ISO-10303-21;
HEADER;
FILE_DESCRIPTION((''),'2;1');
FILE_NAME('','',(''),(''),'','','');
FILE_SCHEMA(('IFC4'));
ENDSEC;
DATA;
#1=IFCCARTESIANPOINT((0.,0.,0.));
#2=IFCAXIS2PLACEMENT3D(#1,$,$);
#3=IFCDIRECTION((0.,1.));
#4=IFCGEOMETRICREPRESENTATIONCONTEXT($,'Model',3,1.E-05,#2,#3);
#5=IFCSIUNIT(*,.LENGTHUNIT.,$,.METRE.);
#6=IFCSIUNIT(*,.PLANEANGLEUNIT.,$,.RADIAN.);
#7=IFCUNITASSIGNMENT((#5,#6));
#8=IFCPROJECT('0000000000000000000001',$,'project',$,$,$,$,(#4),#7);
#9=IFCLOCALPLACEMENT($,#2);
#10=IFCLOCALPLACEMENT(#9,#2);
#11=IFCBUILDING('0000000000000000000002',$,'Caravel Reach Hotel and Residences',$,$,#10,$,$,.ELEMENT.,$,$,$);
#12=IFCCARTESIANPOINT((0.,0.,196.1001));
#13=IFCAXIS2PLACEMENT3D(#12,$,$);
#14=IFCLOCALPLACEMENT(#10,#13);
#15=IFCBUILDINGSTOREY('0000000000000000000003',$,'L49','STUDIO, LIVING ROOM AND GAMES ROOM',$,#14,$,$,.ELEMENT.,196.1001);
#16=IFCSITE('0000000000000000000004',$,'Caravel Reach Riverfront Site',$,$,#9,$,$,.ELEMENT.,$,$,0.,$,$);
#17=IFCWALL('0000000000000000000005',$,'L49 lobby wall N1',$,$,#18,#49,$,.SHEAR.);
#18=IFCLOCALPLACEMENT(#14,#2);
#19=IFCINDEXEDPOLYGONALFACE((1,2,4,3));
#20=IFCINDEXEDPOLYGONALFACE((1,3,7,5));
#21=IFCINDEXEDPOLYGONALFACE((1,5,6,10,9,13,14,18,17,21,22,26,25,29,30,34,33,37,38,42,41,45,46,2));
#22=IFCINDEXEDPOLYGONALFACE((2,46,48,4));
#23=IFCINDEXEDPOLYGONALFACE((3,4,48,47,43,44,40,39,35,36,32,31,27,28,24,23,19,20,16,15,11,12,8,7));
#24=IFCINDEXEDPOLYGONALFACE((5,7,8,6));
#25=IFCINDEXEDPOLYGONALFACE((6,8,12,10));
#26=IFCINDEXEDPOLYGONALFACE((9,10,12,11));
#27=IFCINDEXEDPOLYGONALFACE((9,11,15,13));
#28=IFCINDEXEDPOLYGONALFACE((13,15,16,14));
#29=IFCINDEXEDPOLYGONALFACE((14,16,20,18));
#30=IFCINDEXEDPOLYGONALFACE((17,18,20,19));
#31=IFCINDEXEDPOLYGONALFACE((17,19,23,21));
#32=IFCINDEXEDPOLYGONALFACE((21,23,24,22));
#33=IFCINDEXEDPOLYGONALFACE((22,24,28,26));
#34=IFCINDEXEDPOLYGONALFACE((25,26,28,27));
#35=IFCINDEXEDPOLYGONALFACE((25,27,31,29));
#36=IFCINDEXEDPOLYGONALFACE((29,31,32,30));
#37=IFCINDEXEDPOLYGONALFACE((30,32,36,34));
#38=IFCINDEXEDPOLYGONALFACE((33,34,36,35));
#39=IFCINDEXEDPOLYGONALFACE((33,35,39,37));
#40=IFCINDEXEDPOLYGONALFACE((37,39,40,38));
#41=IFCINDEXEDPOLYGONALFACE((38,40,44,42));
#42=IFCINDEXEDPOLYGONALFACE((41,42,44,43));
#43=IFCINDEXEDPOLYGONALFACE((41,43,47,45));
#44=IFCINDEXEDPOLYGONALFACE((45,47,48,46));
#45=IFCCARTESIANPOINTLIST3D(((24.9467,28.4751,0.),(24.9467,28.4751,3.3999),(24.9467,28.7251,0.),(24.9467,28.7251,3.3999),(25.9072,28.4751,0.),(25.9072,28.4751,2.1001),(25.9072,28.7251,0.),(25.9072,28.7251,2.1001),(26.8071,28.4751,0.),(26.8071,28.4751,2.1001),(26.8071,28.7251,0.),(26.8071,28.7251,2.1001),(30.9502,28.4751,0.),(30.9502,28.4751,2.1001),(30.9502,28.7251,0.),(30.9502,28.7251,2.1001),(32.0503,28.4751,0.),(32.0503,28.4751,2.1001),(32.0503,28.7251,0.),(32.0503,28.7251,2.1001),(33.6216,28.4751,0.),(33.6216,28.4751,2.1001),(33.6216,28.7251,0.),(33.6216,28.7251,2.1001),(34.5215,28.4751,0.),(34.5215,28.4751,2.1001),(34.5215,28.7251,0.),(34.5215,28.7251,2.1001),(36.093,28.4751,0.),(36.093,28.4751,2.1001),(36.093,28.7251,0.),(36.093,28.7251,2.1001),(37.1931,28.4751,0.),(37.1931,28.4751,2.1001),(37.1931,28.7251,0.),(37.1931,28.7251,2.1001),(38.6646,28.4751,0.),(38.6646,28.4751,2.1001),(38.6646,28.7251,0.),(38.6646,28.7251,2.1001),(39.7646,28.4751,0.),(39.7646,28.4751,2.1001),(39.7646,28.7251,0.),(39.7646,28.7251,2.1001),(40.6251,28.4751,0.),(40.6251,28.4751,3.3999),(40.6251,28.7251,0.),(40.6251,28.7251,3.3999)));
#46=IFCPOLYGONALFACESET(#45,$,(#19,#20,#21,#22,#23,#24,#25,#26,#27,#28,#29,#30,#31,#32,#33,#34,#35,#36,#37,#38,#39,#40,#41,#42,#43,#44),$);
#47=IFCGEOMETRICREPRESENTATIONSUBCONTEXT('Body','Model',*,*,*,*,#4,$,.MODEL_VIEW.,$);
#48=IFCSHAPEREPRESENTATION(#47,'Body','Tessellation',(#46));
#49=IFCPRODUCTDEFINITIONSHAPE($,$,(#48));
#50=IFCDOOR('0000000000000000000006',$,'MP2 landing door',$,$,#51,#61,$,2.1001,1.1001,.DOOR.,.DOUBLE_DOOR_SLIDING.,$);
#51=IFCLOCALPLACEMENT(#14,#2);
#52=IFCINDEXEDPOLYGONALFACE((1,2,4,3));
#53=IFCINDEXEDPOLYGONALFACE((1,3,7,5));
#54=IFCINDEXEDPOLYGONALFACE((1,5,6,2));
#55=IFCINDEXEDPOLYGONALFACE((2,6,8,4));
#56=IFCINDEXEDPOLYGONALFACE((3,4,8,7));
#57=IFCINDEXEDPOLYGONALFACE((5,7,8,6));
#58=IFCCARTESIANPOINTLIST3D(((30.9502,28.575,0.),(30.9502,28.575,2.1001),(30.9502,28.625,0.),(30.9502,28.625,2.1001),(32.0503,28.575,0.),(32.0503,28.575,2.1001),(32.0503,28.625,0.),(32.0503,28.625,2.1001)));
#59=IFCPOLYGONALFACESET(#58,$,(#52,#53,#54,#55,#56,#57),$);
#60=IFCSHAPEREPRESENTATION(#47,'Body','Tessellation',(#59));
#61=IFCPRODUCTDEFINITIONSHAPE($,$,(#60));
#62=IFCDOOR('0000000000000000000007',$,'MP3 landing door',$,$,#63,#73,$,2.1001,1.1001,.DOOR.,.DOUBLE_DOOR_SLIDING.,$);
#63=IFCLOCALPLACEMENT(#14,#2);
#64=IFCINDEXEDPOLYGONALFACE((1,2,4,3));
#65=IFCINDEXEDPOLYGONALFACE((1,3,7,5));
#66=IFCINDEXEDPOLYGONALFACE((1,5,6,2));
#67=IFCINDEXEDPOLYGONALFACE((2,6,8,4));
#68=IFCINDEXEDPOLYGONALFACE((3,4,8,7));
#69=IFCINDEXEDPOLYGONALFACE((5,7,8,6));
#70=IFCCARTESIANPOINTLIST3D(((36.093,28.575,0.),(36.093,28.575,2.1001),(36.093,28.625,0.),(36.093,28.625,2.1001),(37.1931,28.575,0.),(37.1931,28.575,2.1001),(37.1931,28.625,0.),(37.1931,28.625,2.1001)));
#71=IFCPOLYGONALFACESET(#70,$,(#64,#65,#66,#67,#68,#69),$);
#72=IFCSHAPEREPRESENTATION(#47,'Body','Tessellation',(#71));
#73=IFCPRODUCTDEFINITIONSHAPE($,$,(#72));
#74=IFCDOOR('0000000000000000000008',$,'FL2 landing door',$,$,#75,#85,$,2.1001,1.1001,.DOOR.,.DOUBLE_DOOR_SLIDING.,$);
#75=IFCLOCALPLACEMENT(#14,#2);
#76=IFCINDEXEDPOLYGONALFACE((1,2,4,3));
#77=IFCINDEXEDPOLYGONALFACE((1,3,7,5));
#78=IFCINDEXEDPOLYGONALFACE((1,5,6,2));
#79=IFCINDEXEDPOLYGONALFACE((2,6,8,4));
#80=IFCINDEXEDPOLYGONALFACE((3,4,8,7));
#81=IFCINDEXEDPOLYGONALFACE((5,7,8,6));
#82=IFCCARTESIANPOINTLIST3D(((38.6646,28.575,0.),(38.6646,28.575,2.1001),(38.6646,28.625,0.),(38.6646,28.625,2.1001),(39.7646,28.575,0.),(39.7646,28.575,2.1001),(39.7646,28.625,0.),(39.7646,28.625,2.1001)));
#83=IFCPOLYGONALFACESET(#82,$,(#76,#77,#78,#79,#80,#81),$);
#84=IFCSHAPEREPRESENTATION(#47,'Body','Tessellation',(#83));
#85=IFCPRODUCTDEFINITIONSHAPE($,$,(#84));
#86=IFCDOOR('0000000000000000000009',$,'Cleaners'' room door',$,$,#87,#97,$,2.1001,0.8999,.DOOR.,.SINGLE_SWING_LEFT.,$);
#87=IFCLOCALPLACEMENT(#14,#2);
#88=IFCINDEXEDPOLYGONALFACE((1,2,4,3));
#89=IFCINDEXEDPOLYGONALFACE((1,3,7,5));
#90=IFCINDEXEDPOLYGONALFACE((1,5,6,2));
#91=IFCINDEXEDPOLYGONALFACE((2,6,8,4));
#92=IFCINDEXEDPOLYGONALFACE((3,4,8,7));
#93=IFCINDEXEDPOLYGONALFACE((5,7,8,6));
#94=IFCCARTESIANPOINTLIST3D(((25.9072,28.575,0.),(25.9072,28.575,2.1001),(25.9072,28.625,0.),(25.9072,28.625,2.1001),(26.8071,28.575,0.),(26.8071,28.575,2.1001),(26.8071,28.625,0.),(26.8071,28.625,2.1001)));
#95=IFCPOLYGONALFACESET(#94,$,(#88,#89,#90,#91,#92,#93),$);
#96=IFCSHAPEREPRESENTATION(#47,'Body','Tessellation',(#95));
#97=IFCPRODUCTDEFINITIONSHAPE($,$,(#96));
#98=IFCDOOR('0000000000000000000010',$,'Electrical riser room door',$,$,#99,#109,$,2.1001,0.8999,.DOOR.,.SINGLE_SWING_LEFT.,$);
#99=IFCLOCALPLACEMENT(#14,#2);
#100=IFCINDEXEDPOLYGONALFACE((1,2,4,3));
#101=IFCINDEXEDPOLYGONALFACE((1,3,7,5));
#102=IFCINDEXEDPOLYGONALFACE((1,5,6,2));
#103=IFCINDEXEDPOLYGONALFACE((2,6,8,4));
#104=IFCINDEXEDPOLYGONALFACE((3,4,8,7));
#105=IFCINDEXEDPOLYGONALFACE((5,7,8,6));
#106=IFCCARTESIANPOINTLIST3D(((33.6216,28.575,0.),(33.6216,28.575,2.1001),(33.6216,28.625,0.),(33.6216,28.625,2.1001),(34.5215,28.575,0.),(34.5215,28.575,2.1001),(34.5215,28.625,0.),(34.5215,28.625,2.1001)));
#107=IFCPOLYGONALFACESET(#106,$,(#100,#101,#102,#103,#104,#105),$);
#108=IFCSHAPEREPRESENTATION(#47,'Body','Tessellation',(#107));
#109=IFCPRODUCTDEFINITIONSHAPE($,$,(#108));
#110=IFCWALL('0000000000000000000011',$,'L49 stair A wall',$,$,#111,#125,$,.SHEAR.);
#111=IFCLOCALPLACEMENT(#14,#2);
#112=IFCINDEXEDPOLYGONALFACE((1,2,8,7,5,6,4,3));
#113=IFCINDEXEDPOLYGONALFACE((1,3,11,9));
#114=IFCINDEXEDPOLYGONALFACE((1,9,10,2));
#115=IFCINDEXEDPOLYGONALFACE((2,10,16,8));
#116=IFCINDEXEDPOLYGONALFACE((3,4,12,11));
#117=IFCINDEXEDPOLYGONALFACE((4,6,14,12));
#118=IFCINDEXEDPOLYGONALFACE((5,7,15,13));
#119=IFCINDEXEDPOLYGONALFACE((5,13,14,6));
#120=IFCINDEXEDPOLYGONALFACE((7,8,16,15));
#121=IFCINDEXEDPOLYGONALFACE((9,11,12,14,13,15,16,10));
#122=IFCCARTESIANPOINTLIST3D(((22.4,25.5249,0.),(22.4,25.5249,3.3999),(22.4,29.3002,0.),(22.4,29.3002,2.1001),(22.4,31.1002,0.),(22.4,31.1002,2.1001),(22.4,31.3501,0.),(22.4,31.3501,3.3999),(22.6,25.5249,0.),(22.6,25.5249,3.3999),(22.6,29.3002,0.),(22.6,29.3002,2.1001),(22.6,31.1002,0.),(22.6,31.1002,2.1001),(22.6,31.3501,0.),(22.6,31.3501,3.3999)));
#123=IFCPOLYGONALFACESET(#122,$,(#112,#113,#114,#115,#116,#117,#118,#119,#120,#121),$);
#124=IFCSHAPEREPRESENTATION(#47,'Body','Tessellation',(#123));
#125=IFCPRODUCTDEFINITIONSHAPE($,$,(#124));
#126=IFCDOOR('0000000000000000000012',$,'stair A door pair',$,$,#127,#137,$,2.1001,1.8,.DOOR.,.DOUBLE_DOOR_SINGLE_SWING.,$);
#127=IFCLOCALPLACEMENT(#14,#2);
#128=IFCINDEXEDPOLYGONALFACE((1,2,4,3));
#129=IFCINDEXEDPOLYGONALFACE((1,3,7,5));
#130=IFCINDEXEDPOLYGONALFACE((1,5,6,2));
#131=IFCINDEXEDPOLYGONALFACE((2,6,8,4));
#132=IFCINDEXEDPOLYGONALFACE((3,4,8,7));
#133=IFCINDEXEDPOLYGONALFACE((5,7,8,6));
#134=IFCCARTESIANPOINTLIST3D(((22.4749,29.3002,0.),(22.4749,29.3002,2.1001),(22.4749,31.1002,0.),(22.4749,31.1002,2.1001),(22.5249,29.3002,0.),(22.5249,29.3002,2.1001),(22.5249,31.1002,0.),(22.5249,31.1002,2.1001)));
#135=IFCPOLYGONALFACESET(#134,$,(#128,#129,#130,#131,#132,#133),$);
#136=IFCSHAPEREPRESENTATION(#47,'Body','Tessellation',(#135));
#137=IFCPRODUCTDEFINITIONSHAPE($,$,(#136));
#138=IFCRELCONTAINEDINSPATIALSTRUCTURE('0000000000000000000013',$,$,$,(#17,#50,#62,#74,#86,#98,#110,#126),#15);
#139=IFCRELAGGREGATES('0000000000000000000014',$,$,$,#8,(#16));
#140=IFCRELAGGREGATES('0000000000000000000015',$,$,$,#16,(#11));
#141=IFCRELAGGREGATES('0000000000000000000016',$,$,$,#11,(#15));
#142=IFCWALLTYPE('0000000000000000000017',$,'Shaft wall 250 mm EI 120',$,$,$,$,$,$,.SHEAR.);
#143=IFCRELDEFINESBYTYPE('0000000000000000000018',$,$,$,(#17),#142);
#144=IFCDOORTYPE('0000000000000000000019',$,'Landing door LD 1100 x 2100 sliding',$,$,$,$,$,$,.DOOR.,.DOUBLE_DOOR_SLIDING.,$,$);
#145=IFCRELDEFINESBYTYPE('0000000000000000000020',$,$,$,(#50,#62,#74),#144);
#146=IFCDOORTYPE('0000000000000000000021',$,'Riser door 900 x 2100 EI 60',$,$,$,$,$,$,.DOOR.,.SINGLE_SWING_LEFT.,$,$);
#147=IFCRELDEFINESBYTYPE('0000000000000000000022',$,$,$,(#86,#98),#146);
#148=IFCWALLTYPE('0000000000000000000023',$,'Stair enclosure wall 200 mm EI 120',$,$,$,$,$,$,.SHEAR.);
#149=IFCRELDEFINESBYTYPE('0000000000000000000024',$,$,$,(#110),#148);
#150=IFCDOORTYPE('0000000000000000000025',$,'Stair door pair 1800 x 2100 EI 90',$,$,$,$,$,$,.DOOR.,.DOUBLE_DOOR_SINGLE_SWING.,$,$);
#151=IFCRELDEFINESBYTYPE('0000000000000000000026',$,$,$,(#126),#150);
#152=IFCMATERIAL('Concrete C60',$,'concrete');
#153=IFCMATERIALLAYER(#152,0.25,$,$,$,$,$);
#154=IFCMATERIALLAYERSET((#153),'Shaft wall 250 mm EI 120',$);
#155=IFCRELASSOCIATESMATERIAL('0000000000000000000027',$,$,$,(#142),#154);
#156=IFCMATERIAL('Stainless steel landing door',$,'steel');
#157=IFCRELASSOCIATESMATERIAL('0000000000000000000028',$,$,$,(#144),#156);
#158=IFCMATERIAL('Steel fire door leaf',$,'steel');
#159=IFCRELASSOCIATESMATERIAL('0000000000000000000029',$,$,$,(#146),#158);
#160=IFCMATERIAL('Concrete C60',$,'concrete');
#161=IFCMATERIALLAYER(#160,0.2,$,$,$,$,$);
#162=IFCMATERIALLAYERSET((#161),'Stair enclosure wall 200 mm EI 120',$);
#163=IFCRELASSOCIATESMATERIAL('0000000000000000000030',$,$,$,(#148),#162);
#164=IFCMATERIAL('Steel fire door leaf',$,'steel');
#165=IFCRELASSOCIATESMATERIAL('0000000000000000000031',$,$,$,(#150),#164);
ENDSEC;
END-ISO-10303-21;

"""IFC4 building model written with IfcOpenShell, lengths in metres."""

from ifc_helpers import new_model, si_unit, direction, frame, frame_2d, origin, place, context, subcontext, project, spatial, rectangle, extrude, material, layer, layer_set, type_object, element, fill, save


model = new_model("IFC4")

# Units and contexts
model_context = context("Model", 3, precision=1e-05, world=origin(), true_north=direction((0.0, 1.0)))
body_context = subcontext(model_context, "Body", "Model", "MODEL_VIEW")
ifc_project = project(units=[si_unit("LENGTHUNIT", "METRE"), si_unit("PLANEANGLEUNIT", "RADIAN")], contexts=[model_context])

# Site, building, storey
site_placement = place(None, origin())
site = spatial("IfcSite", under=ifc_project, at=site_placement, Name="Caravel Reach Riverfront Site", CompositionType="ELEMENT", RefElevation=0.0)
building_placement = place(site_placement, origin())
building = spatial("IfcBuilding", under=site, at=building_placement, Name="Caravel Reach Hotel and Residences", CompositionType="ELEMENT")
storey_placement = place(building_placement, frame((0.0, 0.0, 196.1001)))
storey = spatial("IfcBuildingStorey", under=building, at=storey_placement, Name="L49", Description="STUDIO, LIVING ROOM AND GAMES ROOM", CompositionType="ELEMENT", Elevation=196.1001)

# Wall, openings, doors
ifc_material_1 = material(Name="Concrete C60", Category="concrete")
ifc_layer_1 = layer(ifc_material_1, 0.25)
ifc_layer_set_1 = layer_set([ifc_layer_1], Name="Shaft wall 250 mm EI 120")
wall_type_1 = type_object("IfcWallType", Name="Shaft wall 250 mm EI 120", PredefinedType="SHEAR", material=ifc_layer_set_1)
ifc_material_2 = material(Name="Stainless steel landing door", Category="steel")
door_type_1 = type_object("IfcDoorType", Name="Landing door LD 1100 x 2100 sliding", OperationType="DOUBLE_DOOR_SLIDING", PredefinedType="DOOR", material=ifc_material_2)
ifc_material_3 = material(Name="Steel fire door leaf", Category="steel")
door_type_2 = type_object("IfcDoorType", Name="Riser door 900 x 2100 EI 60", OperationType="SINGLE_SWING_LEFT", PredefinedType="DOOR", material=ifc_material_3)
wall_1_placement = place(storey_placement, frame((24.9465, 28.6001, 0.0), z_axis=(0.0, 0.0, 1.0), x_axis=(1.0, 0.0, 0.0)))
wall_1 = element("IfcWall", 1, at=wall_1_placement, inside=storey, type_object=wall_type_1, Name="L49 lobby wall N1", PredefinedType="SHEAR", context=body_context, shape_type="SweptSolid", body=[
    extrude(rectangle(XDim=15.6785, YDim=0.25, at=frame_2d((7.8394, 0.0))), origin(), (0.0, 0.0, 1.0), 3.3999),
])
opening_1_placement = place(wall_1_placement, frame((6.0037, 0.0, 0.0)))
opening_1 = element("IfcOpeningElement", 2, at=opening_1_placement, cuts=wall_1, PredefinedType="OPENING", context=body_context, shape_type="SweptSolid", body=[
    extrude(rectangle(XDim=1.1001, YDim=2.1001, at=frame_2d((0.55, 1.05))), frame((0.0, 0.135, 0.0), z_axis=(0.0, -1.0, 0.0), x_axis=(1.0, 0.0, 0.0)), (0.0, 0.0, 1.0), 0.27),
])
opening_2_placement = place(wall_1_placement, frame((11.1465, 0.0, 0.0)))
opening_2 = element("IfcOpeningElement", 3, at=opening_2_placement, cuts=wall_1, PredefinedType="OPENING", context=body_context, shape_type="SweptSolid", body=[
    extrude(rectangle(XDim=1.1001, YDim=2.1001, at=frame_2d((0.55, 1.05))), frame((0.0, 0.135, 0.0), z_axis=(0.0, -1.0, 0.0), x_axis=(1.0, 0.0, 0.0)), (0.0, 0.0, 1.0), 0.27),
])
opening_3_placement = place(wall_1_placement, frame((13.718, 0.0, 0.0)))
opening_3 = element("IfcOpeningElement", 4, at=opening_3_placement, cuts=wall_1, PredefinedType="OPENING", context=body_context, shape_type="SweptSolid", body=[
    extrude(rectangle(XDim=1.1001, YDim=2.1001, at=frame_2d((0.55, 1.05))), frame((0.0, 0.135, 0.0), z_axis=(0.0, -1.0, 0.0), x_axis=(1.0, 0.0, 0.0)), (0.0, 0.0, 1.0), 0.27),
])
opening_4_placement = place(wall_1_placement, frame((0.9607, 0.0, 0.0)))
opening_4 = element("IfcOpeningElement", 5, at=opening_4_placement, cuts=wall_1, PredefinedType="OPENING", context=body_context, shape_type="SweptSolid", body=[
    extrude(rectangle(XDim=0.8999, YDim=2.1001, at=frame_2d((0.45, 1.05))), frame((0.0, 0.135, 0.0), z_axis=(0.0, -1.0, 0.0), x_axis=(1.0, 0.0, 0.0)), (0.0, 0.0, 1.0), 0.27),
])
opening_5_placement = place(wall_1_placement, frame((8.675, 0.0, 0.0)))
opening_5 = element("IfcOpeningElement", 6, at=opening_5_placement, cuts=wall_1, PredefinedType="OPENING", context=body_context, shape_type="SweptSolid", body=[
    extrude(rectangle(XDim=0.8999, YDim=2.1001, at=frame_2d((0.45, 1.05))), frame((0.0, 0.135, 0.0), z_axis=(0.0, -1.0, 0.0), x_axis=(1.0, 0.0, 0.0)), (0.0, 0.0, 1.0), 0.27),
])
door_1_placement = place(opening_1_placement, origin())
door_1 = element("IfcDoor", 7, at=door_1_placement, inside=storey, type_object=door_type_1, Name="MP2 landing door", OperationType="DOUBLE_DOOR_SLIDING", OverallHeight=2.1001, OverallWidth=1.1001, PredefinedType="DOOR", context=body_context, shape_type="SweptSolid", body=[
    extrude(rectangle(XDim=1.1001, YDim=2.1001, at=frame_2d((0.55, 1.05))), frame((0.0, 0.0249, 0.0), z_axis=(0.0, -1.0, 0.0), x_axis=(1.0, 0.0, 0.0)), (0.0, 0.0, 1.0), 0.05),
])
fill(opening_1, door_1)
door_2_placement = place(opening_2_placement, origin())
door_2 = element("IfcDoor", 8, at=door_2_placement, inside=storey, type_object=door_type_1, Name="MP3 landing door", OperationType="DOUBLE_DOOR_SLIDING", OverallHeight=2.1001, OverallWidth=1.1001, PredefinedType="DOOR", context=body_context, shape_type="SweptSolid", body=[
    extrude(rectangle(XDim=1.1001, YDim=2.1001, at=frame_2d((0.55, 1.05))), frame((0.0, 0.0249, 0.0), z_axis=(0.0, -1.0, 0.0), x_axis=(1.0, 0.0, 0.0)), (0.0, 0.0, 1.0), 0.05),
])
fill(opening_2, door_2)
door_3_placement = place(opening_3_placement, origin())
door_3 = element("IfcDoor", 9, at=door_3_placement, inside=storey, type_object=door_type_1, Name="FL2 landing door", OperationType="DOUBLE_DOOR_SLIDING", OverallHeight=2.1001, OverallWidth=1.1001, PredefinedType="DOOR", context=body_context, shape_type="SweptSolid", body=[
    extrude(rectangle(XDim=1.1001, YDim=2.1001, at=frame_2d((0.55, 1.05))), frame((0.0, 0.0249, 0.0), z_axis=(0.0, -1.0, 0.0), x_axis=(1.0, 0.0, 0.0)), (0.0, 0.0, 1.0), 0.05),
])
fill(opening_3, door_3)
door_4_placement = place(opening_4_placement, origin())
door_4 = element("IfcDoor", 10, at=door_4_placement, inside=storey, type_object=door_type_2, Name="Cleaners' room door", OperationType="SINGLE_SWING_LEFT", OverallHeight=2.1001, OverallWidth=0.8999, PredefinedType="DOOR", context=body_context, shape_type="SweptSolid", body=[
    extrude(rectangle(XDim=0.8999, YDim=2.1001, at=frame_2d((0.45, 1.05))), frame((0.0, 0.0249, 0.0), z_axis=(0.0, -1.0, 0.0), x_axis=(1.0, 0.0, 0.0)), (0.0, 0.0, 1.0), 0.05),
])
fill(opening_4, door_4)
door_5_placement = place(opening_5_placement, origin())
door_5 = element("IfcDoor", 11, at=door_5_placement, inside=storey, type_object=door_type_2, Name="Electrical riser room door", OperationType="SINGLE_SWING_LEFT", OverallHeight=2.1001, OverallWidth=0.8999, PredefinedType="DOOR", context=body_context, shape_type="SweptSolid", body=[
    extrude(rectangle(XDim=0.8999, YDim=2.1001, at=frame_2d((0.45, 1.05))), frame((0.0, 0.0249, 0.0), z_axis=(0.0, -1.0, 0.0), x_axis=(1.0, 0.0, 0.0)), (0.0, 0.0, 1.0), 0.05),
])
fill(opening_5, door_5)

# Wall, opening, door
ifc_material_4 = material(Name="Concrete C60", Category="concrete")
ifc_layer_2 = layer(ifc_material_4, 0.2)
ifc_layer_set_2 = layer_set([ifc_layer_2], Name="Stair enclosure wall 200 mm EI 120")
wall_type_2 = type_object("IfcWallType", Name="Stair enclosure wall 200 mm EI 120", PredefinedType="SHEAR", material=ifc_layer_set_2)
wall_2_placement = place(storey_placement, frame((22.5, 31.3501, 0.0), z_axis=(0.0, 0.0, 1.0), x_axis=(0.0, -1.0, 0.0)))
wall_2 = element("IfcWall", 12, at=wall_2_placement, inside=storey, type_object=wall_type_2, Name="L49 stair A wall", PredefinedType="SHEAR", context=body_context, shape_type="SweptSolid", body=[
    extrude(rectangle(XDim=5.8252, YDim=0.2, at=frame_2d((2.9126, 0.0))), origin(), (0.0, 0.0, 1.0), 3.3999),
])
opening_6_placement = place(wall_2_placement, frame((0.25, 0.0, 0.0)))
opening_6 = element("IfcOpeningElement", 13, at=opening_6_placement, cuts=wall_2, PredefinedType="OPENING", context=body_context, shape_type="SweptSolid", body=[
    extrude(rectangle(XDim=1.8, YDim=2.1001, at=frame_2d((0.8999, 1.05))), frame((0.0, 0.1099, 0.0), z_axis=(0.0, -1.0, 0.0), x_axis=(1.0, 0.0, 0.0)), (0.0, 0.0, 1.0), 0.22),
])
ifc_material_5 = material(Name="Steel fire door leaf", Category="steel")
door_type_3 = type_object("IfcDoorType", Name="Stair door pair 1800 x 2100 EI 90", OperationType="DOUBLE_DOOR_SINGLE_SWING", PredefinedType="DOOR", material=ifc_material_5)
door_6_placement = place(opening_6_placement, origin())
door_6 = element("IfcDoor", 14, at=door_6_placement, inside=storey, type_object=door_type_3, Name="stair A door pair", OperationType="DOUBLE_DOOR_SINGLE_SWING", OverallHeight=2.1001, OverallWidth=1.8, PredefinedType="DOOR", context=body_context, shape_type="SweptSolid", body=[
    extrude(rectangle(XDim=1.8, YDim=2.1001, at=frame_2d((0.8999, 1.05))), frame((0.0, 0.0249, 0.0), z_axis=(0.0, -1.0, 0.0), x_axis=(1.0, 0.0, 0.0)), (0.0, 0.0, 1.0), 0.05),
])
fill(opening_6, door_6)

save(model, "model.ifc")
